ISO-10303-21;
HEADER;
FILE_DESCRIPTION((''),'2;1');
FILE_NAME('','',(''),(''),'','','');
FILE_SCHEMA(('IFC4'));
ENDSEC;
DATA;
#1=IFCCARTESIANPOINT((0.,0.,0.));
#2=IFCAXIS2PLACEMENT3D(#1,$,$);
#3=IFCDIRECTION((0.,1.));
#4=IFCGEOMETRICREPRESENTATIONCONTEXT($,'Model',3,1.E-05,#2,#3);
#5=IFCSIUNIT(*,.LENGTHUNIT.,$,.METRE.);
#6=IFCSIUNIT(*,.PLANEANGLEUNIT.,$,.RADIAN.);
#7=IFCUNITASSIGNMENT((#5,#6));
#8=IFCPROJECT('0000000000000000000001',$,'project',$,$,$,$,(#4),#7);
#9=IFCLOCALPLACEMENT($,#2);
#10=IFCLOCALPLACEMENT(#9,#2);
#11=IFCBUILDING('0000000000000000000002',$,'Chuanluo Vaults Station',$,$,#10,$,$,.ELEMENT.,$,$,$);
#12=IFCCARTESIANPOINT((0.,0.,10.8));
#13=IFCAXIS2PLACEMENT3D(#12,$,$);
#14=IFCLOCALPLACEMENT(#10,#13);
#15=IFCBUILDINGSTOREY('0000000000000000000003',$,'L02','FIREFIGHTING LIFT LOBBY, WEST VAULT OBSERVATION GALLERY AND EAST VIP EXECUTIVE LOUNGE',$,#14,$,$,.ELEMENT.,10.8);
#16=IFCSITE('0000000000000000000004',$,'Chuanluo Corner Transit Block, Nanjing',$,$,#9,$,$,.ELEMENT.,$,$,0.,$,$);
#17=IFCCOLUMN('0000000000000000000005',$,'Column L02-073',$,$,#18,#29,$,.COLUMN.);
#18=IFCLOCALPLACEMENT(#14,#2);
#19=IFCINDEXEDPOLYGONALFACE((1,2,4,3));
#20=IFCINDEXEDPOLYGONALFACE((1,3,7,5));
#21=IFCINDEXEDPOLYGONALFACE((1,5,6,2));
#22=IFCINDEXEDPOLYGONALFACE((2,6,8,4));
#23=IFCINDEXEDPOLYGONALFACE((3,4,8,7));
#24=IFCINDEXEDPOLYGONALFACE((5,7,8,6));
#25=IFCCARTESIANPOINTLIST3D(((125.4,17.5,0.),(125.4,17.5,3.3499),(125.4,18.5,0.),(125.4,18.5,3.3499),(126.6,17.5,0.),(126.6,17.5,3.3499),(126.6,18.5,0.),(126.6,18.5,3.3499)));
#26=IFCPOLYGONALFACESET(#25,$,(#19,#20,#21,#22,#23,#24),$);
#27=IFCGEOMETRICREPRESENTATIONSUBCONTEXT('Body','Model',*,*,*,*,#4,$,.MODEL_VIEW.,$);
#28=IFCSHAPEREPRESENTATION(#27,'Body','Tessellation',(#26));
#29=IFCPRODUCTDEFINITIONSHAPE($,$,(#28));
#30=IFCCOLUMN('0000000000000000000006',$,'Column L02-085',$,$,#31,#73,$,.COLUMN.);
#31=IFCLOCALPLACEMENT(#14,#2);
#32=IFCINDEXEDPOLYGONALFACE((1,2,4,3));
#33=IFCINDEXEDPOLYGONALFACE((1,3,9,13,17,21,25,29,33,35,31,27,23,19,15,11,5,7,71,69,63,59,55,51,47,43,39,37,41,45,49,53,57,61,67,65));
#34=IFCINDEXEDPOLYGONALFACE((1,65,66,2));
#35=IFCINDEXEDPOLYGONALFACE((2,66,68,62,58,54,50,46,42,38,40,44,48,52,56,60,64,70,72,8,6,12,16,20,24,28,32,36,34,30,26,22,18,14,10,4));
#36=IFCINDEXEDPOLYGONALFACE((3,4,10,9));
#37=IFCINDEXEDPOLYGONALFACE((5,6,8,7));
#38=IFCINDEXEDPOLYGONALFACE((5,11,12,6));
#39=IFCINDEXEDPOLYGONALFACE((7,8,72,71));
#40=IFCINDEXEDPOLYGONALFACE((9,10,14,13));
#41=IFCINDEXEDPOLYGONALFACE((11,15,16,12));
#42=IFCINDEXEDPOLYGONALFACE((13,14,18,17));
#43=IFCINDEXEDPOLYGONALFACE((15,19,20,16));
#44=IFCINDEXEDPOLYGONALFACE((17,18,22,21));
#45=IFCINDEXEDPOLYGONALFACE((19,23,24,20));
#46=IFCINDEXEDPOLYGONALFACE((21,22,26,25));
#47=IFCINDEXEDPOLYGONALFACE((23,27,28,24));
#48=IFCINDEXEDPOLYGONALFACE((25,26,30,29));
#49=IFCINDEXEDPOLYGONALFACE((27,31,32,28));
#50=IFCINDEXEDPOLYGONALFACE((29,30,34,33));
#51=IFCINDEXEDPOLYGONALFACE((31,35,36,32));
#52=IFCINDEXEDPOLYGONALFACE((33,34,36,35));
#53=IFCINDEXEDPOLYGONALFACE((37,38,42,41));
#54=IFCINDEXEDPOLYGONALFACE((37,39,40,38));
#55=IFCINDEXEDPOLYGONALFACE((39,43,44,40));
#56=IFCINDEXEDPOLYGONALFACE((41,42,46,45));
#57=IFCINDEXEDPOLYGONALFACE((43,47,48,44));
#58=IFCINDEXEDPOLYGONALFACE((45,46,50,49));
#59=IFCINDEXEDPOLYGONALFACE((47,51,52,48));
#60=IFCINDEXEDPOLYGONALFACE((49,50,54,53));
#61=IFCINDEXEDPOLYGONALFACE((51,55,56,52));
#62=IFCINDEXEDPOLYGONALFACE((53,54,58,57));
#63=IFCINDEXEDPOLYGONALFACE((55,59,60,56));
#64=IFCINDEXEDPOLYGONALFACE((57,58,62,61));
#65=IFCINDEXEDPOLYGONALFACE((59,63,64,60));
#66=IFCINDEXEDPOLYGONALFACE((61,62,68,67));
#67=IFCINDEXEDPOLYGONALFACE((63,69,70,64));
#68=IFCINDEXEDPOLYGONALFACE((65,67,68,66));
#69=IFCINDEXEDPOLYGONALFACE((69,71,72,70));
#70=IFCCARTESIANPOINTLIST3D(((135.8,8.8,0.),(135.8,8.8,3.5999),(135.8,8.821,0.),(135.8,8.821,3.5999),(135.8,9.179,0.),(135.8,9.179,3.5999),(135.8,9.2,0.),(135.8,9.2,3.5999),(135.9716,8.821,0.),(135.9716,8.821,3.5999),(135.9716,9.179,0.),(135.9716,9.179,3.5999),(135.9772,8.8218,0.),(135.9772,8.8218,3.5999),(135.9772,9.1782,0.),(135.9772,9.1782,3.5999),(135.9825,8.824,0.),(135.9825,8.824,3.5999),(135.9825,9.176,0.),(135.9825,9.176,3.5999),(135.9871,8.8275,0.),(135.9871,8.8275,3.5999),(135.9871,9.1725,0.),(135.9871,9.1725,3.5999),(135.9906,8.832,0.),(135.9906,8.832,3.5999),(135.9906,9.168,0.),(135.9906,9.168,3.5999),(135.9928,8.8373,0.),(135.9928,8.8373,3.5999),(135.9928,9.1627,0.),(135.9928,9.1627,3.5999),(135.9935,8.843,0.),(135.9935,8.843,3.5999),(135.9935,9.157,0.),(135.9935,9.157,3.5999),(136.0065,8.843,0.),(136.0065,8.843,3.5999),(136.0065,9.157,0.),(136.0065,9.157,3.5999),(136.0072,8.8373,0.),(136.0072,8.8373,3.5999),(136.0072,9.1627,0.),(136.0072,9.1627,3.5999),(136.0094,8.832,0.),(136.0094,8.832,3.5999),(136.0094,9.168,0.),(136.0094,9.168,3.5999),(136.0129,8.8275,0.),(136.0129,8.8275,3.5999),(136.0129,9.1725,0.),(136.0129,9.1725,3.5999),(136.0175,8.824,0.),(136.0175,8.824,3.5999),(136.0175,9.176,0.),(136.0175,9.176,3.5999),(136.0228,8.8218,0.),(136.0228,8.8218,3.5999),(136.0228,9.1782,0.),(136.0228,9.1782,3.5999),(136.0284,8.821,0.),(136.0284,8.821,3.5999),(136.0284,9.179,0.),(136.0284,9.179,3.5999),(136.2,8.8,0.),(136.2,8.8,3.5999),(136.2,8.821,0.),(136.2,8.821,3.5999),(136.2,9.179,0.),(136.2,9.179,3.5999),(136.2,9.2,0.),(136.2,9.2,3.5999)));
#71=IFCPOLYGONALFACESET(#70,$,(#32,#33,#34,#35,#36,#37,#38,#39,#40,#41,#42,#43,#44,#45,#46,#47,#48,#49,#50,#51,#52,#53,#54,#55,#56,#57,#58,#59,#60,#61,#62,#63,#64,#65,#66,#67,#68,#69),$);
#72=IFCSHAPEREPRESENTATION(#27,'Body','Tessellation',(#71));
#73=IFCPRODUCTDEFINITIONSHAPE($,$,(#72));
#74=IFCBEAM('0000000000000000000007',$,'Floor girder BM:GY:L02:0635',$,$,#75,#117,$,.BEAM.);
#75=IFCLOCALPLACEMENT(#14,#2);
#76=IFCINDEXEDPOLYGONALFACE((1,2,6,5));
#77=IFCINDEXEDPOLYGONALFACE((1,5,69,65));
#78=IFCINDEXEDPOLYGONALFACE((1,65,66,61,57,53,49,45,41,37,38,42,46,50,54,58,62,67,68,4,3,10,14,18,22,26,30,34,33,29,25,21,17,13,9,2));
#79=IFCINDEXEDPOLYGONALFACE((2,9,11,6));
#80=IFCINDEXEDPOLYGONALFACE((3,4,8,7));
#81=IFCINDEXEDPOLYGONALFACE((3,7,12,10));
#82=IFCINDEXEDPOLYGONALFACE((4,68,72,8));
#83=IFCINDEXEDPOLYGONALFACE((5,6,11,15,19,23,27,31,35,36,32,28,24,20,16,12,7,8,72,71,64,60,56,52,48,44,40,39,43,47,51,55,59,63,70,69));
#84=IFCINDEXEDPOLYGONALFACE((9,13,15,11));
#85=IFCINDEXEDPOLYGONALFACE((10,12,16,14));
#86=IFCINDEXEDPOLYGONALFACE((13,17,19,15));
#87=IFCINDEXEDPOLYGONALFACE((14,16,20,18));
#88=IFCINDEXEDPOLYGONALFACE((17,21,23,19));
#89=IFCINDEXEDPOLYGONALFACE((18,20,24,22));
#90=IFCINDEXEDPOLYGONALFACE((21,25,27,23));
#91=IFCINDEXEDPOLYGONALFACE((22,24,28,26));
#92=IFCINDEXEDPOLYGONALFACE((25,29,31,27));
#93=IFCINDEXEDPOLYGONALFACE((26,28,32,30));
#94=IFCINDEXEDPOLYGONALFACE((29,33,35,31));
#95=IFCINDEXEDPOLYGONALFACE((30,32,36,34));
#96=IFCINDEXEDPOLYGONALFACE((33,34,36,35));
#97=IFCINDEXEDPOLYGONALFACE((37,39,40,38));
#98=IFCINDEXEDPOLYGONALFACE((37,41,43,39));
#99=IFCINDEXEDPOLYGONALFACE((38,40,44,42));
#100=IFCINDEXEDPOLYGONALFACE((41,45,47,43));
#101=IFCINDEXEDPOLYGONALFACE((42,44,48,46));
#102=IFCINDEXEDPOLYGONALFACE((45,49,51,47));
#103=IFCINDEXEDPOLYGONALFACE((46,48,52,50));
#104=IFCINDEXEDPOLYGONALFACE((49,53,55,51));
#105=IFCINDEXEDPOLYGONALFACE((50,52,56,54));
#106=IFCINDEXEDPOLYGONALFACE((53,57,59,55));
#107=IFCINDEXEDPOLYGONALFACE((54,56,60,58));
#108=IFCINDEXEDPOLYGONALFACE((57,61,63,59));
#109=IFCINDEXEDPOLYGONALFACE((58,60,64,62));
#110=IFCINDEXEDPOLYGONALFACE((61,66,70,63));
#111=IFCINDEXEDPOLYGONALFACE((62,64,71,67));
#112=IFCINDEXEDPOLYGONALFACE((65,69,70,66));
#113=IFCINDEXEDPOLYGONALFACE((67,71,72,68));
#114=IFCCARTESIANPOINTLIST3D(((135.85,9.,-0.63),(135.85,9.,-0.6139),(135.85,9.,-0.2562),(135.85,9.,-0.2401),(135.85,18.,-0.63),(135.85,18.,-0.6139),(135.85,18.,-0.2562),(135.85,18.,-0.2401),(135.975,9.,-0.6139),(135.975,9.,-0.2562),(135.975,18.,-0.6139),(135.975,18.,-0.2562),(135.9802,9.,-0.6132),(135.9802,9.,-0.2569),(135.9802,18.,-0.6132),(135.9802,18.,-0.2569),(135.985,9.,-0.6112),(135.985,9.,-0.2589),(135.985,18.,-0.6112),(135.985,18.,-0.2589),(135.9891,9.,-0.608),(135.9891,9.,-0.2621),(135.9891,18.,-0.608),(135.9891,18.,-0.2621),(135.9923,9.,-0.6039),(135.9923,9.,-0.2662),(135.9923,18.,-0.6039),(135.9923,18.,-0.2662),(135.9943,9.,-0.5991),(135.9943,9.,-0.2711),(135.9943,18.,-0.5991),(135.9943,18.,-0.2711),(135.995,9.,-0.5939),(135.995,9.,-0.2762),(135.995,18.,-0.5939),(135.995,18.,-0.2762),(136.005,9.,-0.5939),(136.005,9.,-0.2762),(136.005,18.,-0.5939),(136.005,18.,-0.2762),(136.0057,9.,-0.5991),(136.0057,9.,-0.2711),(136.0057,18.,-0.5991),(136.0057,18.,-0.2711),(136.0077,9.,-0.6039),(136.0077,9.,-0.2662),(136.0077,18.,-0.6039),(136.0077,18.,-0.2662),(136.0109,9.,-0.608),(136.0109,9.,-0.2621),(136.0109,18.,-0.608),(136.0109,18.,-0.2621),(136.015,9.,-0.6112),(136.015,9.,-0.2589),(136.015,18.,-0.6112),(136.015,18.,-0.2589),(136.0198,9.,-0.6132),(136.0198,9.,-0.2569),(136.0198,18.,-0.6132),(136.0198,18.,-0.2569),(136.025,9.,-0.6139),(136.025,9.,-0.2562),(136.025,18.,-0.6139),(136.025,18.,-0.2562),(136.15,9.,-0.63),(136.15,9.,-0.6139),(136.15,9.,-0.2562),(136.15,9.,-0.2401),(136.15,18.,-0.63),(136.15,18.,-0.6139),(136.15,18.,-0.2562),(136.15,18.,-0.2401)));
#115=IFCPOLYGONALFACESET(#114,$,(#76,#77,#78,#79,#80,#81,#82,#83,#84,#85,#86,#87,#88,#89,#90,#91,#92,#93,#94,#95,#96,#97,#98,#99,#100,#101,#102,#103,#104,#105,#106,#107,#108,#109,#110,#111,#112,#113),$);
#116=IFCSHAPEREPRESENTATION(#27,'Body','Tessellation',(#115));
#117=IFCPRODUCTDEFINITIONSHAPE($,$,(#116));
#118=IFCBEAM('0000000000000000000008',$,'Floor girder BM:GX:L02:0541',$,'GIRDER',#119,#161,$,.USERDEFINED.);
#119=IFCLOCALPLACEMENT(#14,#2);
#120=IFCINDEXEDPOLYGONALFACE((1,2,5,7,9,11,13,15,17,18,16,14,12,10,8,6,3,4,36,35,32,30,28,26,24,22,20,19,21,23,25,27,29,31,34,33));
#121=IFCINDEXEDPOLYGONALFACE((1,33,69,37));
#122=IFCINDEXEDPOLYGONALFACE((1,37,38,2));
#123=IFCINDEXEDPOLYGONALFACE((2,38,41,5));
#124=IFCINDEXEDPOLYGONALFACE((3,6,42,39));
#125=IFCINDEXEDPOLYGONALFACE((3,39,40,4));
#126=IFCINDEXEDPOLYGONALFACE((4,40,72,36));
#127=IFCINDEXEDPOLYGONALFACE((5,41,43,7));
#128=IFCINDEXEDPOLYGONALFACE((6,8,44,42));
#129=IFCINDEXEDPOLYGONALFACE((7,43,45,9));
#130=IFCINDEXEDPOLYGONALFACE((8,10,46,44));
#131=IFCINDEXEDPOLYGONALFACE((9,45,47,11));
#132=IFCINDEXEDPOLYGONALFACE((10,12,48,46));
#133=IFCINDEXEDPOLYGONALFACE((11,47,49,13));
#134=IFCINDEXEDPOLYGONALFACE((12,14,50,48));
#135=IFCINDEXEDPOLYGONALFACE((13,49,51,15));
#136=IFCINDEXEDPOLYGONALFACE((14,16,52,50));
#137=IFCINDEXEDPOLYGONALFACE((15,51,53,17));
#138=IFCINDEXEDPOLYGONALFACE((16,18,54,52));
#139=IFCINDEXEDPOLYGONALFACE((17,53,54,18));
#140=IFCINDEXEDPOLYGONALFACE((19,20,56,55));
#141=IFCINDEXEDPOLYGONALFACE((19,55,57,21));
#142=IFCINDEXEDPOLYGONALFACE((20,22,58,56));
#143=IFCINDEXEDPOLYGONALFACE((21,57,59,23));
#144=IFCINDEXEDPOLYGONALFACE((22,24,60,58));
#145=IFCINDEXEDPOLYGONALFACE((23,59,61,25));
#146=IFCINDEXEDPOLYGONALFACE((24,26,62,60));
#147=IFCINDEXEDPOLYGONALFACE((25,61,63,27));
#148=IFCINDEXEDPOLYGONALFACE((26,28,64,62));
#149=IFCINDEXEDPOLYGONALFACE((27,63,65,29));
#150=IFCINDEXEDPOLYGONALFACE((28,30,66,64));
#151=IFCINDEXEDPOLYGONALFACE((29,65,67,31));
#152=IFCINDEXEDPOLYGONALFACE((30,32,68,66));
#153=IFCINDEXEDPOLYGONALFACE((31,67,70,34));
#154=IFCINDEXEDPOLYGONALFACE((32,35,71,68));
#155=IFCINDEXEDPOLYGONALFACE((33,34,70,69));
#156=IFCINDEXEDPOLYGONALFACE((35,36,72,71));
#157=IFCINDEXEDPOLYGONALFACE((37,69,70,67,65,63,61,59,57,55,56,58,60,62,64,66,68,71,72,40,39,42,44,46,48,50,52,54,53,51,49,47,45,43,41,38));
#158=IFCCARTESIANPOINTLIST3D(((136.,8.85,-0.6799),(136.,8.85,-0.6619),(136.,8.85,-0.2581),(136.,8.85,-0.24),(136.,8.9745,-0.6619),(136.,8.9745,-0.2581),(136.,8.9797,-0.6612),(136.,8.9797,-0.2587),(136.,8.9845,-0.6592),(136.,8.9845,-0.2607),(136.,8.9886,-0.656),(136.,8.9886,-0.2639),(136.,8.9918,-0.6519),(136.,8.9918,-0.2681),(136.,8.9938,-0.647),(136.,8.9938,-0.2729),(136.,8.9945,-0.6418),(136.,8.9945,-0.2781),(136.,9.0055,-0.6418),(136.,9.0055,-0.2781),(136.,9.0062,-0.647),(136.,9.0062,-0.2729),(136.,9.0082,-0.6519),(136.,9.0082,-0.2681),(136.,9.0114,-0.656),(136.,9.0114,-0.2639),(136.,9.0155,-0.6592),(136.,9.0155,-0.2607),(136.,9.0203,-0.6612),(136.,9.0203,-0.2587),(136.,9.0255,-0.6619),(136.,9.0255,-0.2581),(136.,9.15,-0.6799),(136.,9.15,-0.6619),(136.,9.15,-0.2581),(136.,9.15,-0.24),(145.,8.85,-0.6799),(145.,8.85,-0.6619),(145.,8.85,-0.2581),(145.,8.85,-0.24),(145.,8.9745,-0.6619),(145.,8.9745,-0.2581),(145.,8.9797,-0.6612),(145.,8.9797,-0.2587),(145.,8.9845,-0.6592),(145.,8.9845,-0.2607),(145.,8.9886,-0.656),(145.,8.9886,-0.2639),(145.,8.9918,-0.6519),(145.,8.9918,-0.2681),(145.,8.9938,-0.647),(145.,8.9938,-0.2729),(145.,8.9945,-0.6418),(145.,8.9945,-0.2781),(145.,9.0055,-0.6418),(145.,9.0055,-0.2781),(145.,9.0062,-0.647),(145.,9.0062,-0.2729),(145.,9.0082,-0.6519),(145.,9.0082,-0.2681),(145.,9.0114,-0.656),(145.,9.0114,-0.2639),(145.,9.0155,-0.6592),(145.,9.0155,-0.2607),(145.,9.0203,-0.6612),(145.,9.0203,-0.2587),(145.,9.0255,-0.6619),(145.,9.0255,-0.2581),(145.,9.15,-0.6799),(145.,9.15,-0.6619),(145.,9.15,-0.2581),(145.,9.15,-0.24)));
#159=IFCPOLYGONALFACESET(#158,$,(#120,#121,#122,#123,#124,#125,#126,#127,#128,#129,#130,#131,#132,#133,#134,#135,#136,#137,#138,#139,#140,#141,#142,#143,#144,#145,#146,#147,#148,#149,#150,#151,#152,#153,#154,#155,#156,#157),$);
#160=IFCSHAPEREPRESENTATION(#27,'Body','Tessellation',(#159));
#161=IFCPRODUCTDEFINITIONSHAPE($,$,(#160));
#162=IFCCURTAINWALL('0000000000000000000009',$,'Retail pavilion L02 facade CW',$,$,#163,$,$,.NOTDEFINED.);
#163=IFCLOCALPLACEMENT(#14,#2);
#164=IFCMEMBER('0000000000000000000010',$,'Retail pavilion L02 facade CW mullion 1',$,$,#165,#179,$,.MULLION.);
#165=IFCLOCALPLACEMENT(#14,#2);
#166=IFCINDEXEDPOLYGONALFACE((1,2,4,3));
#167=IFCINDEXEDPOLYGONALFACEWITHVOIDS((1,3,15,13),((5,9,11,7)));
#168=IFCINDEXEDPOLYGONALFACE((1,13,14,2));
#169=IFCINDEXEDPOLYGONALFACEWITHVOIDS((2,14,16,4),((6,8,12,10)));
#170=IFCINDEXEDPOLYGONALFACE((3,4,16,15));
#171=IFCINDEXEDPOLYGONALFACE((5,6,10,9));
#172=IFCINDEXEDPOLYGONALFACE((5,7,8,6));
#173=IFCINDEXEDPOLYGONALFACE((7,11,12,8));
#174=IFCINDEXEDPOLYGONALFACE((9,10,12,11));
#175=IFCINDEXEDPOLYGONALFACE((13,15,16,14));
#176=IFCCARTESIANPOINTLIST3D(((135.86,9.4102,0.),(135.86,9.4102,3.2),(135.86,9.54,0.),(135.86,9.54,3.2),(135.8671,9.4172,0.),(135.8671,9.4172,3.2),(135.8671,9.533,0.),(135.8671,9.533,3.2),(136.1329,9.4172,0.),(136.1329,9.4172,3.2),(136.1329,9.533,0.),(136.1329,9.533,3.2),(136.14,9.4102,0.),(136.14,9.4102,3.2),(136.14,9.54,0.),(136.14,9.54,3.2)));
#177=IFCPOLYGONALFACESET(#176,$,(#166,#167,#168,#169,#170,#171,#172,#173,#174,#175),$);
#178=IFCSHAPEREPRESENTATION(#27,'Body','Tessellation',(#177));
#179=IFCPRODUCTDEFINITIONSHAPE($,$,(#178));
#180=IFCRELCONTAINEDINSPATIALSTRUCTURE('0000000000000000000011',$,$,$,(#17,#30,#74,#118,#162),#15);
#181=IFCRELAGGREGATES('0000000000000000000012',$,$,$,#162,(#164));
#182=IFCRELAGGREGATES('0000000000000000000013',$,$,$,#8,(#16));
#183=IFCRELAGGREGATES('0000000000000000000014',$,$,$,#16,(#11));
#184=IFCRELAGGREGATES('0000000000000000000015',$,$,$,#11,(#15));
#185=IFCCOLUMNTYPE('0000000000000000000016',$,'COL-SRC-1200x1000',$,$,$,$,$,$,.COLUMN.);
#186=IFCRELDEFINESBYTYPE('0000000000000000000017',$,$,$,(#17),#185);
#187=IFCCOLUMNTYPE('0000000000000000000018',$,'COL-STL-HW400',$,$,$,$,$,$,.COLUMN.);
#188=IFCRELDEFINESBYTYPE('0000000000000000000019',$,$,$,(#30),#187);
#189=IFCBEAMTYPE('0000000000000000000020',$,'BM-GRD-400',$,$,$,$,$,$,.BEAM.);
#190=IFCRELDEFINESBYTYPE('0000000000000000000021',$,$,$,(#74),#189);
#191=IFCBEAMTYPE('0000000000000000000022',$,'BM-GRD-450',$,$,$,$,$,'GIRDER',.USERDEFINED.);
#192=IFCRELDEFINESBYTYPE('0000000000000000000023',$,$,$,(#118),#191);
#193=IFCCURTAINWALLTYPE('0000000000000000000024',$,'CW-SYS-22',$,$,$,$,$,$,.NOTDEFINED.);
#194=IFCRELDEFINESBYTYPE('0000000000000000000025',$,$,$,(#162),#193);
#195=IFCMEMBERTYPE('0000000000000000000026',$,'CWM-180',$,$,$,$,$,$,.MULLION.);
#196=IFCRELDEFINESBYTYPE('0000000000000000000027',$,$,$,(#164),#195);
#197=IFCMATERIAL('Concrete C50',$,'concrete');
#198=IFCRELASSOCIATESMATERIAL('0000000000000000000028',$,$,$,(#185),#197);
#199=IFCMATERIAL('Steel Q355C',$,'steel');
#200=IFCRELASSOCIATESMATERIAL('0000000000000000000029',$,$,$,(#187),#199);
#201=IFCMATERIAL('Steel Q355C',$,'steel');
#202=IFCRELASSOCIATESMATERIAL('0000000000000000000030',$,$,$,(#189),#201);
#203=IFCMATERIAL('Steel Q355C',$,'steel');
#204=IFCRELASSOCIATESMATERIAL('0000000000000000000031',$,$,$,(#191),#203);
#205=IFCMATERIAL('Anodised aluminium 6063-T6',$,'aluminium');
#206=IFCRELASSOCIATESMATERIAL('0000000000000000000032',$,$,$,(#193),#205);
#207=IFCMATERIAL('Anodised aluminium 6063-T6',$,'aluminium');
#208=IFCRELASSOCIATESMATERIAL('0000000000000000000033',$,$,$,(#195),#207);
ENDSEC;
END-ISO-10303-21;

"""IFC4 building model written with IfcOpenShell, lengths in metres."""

from ifc_helpers import new_model, si_unit, direction, frame, origin, origin_2d, place, context, subcontext, project, spatial, rectangle, hollow_rectangle, i_section, extrude, material, material_profile, profile_set, type_object, element, aggregate, save


model = new_model("IFC4")

# Units and contexts
model_context = context("Model", 3, precision=1e-05, world=origin(), true_north=direction((0.0, 1.0)))
body_context = subcontext(model_context, "Body", "Model", "MODEL_VIEW")
ifc_project = project(units=[si_unit("LENGTHUNIT", "METRE"), si_unit("PLANEANGLEUNIT", "RADIAN")], contexts=[model_context])

# Site, building, storey
site_placement = place(None, origin())
site = spatial("IfcSite", under=ifc_project, at=site_placement, Name="Chuanluo Corner Transit Block, Nanjing", CompositionType="ELEMENT", RefElevation=0.0)
building_placement = place(site_placement, origin())
building = spatial("IfcBuilding", under=site, at=building_placement, Name="Chuanluo Vaults Station", CompositionType="ELEMENT")
storey_placement = place(building_placement, frame((0.0, 0.0, 10.8)))
storey = spatial("IfcBuildingStorey", under=building, at=storey_placement, Name="L02", Description="FIREFIGHTING LIFT LOBBY, WEST VAULT OBSERVATION GALLERY AND EAST VIP EXECUTIVE LOUNGE", CompositionType="ELEMENT", Elevation=10.8)

# Columns
ifc_material_1 = material(Name="Concrete C50", Category="concrete")
ifc_material_profile_1 = material_profile(ifc_material_1, rectangle(XDim=1.2, YDim=1.0, at=origin_2d()))
ifc_profile_set_1 = profile_set([ifc_material_profile_1], Name="Concrete C50")
column_type_1 = type_object("IfcColumnType", Name="COL-SRC-1200x1000", PredefinedType="COLUMN", material=ifc_profile_set_1)
column_1_placement = place(storey_placement, frame((126.0, 18.0, 0.0), z_axis=(0.0, 0.0, 1.0), x_axis=(1.0, 0.0, 0.0)))
element("IfcColumn", 1, at=column_1_placement, inside=storey, type_object=column_type_1, Name="Column L02-073", PredefinedType="COLUMN", context=body_context, shape_type="SweptSolid", body=[
    extrude(rectangle(XDim=1.2, YDim=1.0, at=origin_2d()), origin(), (0.0, 0.0, 1.0), 3.3499),
])
ifc_material_2 = material(Name="Steel Q355C", Category="steel")
ifc_material_profile_2 = material_profile(ifc_material_2, i_section(OverallWidth=0.3999, OverallDepth=0.3999, WebThickness=0.0129, FlangeThickness=0.021, FilletRadius=0.022, at=origin_2d()))
ifc_profile_set_2 = profile_set([ifc_material_profile_2], Name="Steel Q355C")
column_type_2 = type_object("IfcColumnType", Name="COL-STL-HW400", PredefinedType="COLUMN", material=ifc_profile_set_2)
column_2_placement = place(storey_placement, frame((136.0, 9.0, 0.0), z_axis=(0.0, 0.0, 1.0), x_axis=(1.0, 0.0, 0.0)))
element("IfcColumn", 2, at=column_2_placement, inside=storey, type_object=column_type_2, Name="Column L02-085", PredefinedType="COLUMN", context=body_context, shape_type="SweptSolid", body=[
    extrude(i_section(OverallWidth=0.3999, OverallDepth=0.3999, WebThickness=0.0129, FlangeThickness=0.021, FilletRadius=0.022, at=origin_2d()), origin(), (0.0, 0.0, 1.0), 3.5999),
])

# Beams
ifc_material_3 = material(Name="Steel Q355C", Category="steel")
ifc_material_profile_3 = material_profile(ifc_material_3, i_section(OverallWidth=0.3, OverallDepth=0.3899, WebThickness=0.01, FlangeThickness=0.0161, FilletRadius=0.02, at=origin_2d()))
ifc_profile_set_3 = profile_set([ifc_material_profile_3], Name="Steel Q355C")
beam_type_1 = type_object("IfcBeamType", Name="BM-GRD-400", PredefinedType="BEAM", material=ifc_profile_set_3)
beam_1_placement = place(storey_placement, frame((136.0, 9.0, -0.4351), z_axis=(0.0, 1.0, 0.0), x_axis=(-1.0, 0.0, 0.0)))
element("IfcBeam", 3, at=beam_1_placement, inside=storey, type_object=beam_type_1, Name="Floor girder BM:GY:L02:0635", PredefinedType="BEAM", context=body_context, shape_type="SweptSolid", body=[
    extrude(i_section(OverallWidth=0.3, OverallDepth=0.3899, WebThickness=0.01, FlangeThickness=0.0161, FilletRadius=0.02, at=origin_2d()), origin(), (0.0, 0.0, 1.0), 9.0),
])
ifc_material_4 = material(Name="Steel Q355C", Category="steel")
ifc_material_profile_4 = material_profile(ifc_material_4, i_section(OverallWidth=0.3, OverallDepth=0.4399, WebThickness=0.011, FlangeThickness=0.0181, FilletRadius=0.02, at=origin_2d()))
ifc_profile_set_4 = profile_set([ifc_material_profile_4], Name="Steel Q355C")
beam_type_2 = type_object("IfcBeamType", Name="BM-GRD-450", ElementType="GIRDER", PredefinedType="USERDEFINED", material=ifc_profile_set_4)
beam_2_placement = place(storey_placement, frame((136.0, 9.0, -0.46), z_axis=(1.0, 0.0, 0.0), x_axis=(0.0, 1.0, 0.0)))
element("IfcBeam", 4, at=beam_2_placement, inside=storey, type_object=beam_type_2, Name="Floor girder BM:GX:L02:0541", ObjectType="GIRDER", PredefinedType="USERDEFINED", context=body_context, shape_type="SweptSolid", body=[
    extrude(i_section(OverallWidth=0.3, OverallDepth=0.4399, WebThickness=0.011, FlangeThickness=0.0181, FilletRadius=0.02, at=origin_2d()), origin(), (0.0, 0.0, 1.0), 9.0),
])

# Curtain wall, member
ifc_material_5 = material(Name="Anodised aluminium 6063-T6", Category="aluminium")
curtain_wall_type_1 = type_object("IfcCurtainWallType", Name="CW-SYS-22", PredefinedType="NOTDEFINED", material=ifc_material_5)
curtain_wall_1_placement = place(storey_placement, origin())
curtain_wall_1 = element("IfcCurtainWall", 5, at=curtain_wall_1_placement, inside=storey, type_object=curtain_wall_type_1, Name="Retail pavilion L02 facade CW", PredefinedType="NOTDEFINED")
ifc_material_6 = material(Name="Anodised aluminium 6063-T6", Category="aluminium")
ifc_material_profile_5 = material_profile(ifc_material_6, hollow_rectangle(XDim=0.1299, YDim=0.28, WallThickness=0.0071, at=origin_2d()))
ifc_profile_set_5 = profile_set([ifc_material_profile_5], Name="Anodised aluminium 6063-T6")
member_type_1 = type_object("IfcMemberType", Name="CWM-180", PredefinedType="MULLION", material=ifc_profile_set_5)
member_1_placement = place(storey_placement, frame((136.0, 9.4751, 0.0), z_axis=(0.0, 0.0, 1.0), x_axis=(0.0, 1.0, 0.0)))
member_1 = element("IfcMember", 6, at=member_1_placement, type_object=member_type_1, Name="Retail pavilion L02 facade CW mullion 1", PredefinedType="MULLION", context=body_context, shape_type="SweptSolid", body=[
    extrude(hollow_rectangle(XDim=0.1299, YDim=0.28, WallThickness=0.0071, at=origin_2d()), origin(), (0.0, 0.0, 1.0), 3.2),
])

aggregate(curtain_wall_1, [member_1])

save(model, "model.ifc")
